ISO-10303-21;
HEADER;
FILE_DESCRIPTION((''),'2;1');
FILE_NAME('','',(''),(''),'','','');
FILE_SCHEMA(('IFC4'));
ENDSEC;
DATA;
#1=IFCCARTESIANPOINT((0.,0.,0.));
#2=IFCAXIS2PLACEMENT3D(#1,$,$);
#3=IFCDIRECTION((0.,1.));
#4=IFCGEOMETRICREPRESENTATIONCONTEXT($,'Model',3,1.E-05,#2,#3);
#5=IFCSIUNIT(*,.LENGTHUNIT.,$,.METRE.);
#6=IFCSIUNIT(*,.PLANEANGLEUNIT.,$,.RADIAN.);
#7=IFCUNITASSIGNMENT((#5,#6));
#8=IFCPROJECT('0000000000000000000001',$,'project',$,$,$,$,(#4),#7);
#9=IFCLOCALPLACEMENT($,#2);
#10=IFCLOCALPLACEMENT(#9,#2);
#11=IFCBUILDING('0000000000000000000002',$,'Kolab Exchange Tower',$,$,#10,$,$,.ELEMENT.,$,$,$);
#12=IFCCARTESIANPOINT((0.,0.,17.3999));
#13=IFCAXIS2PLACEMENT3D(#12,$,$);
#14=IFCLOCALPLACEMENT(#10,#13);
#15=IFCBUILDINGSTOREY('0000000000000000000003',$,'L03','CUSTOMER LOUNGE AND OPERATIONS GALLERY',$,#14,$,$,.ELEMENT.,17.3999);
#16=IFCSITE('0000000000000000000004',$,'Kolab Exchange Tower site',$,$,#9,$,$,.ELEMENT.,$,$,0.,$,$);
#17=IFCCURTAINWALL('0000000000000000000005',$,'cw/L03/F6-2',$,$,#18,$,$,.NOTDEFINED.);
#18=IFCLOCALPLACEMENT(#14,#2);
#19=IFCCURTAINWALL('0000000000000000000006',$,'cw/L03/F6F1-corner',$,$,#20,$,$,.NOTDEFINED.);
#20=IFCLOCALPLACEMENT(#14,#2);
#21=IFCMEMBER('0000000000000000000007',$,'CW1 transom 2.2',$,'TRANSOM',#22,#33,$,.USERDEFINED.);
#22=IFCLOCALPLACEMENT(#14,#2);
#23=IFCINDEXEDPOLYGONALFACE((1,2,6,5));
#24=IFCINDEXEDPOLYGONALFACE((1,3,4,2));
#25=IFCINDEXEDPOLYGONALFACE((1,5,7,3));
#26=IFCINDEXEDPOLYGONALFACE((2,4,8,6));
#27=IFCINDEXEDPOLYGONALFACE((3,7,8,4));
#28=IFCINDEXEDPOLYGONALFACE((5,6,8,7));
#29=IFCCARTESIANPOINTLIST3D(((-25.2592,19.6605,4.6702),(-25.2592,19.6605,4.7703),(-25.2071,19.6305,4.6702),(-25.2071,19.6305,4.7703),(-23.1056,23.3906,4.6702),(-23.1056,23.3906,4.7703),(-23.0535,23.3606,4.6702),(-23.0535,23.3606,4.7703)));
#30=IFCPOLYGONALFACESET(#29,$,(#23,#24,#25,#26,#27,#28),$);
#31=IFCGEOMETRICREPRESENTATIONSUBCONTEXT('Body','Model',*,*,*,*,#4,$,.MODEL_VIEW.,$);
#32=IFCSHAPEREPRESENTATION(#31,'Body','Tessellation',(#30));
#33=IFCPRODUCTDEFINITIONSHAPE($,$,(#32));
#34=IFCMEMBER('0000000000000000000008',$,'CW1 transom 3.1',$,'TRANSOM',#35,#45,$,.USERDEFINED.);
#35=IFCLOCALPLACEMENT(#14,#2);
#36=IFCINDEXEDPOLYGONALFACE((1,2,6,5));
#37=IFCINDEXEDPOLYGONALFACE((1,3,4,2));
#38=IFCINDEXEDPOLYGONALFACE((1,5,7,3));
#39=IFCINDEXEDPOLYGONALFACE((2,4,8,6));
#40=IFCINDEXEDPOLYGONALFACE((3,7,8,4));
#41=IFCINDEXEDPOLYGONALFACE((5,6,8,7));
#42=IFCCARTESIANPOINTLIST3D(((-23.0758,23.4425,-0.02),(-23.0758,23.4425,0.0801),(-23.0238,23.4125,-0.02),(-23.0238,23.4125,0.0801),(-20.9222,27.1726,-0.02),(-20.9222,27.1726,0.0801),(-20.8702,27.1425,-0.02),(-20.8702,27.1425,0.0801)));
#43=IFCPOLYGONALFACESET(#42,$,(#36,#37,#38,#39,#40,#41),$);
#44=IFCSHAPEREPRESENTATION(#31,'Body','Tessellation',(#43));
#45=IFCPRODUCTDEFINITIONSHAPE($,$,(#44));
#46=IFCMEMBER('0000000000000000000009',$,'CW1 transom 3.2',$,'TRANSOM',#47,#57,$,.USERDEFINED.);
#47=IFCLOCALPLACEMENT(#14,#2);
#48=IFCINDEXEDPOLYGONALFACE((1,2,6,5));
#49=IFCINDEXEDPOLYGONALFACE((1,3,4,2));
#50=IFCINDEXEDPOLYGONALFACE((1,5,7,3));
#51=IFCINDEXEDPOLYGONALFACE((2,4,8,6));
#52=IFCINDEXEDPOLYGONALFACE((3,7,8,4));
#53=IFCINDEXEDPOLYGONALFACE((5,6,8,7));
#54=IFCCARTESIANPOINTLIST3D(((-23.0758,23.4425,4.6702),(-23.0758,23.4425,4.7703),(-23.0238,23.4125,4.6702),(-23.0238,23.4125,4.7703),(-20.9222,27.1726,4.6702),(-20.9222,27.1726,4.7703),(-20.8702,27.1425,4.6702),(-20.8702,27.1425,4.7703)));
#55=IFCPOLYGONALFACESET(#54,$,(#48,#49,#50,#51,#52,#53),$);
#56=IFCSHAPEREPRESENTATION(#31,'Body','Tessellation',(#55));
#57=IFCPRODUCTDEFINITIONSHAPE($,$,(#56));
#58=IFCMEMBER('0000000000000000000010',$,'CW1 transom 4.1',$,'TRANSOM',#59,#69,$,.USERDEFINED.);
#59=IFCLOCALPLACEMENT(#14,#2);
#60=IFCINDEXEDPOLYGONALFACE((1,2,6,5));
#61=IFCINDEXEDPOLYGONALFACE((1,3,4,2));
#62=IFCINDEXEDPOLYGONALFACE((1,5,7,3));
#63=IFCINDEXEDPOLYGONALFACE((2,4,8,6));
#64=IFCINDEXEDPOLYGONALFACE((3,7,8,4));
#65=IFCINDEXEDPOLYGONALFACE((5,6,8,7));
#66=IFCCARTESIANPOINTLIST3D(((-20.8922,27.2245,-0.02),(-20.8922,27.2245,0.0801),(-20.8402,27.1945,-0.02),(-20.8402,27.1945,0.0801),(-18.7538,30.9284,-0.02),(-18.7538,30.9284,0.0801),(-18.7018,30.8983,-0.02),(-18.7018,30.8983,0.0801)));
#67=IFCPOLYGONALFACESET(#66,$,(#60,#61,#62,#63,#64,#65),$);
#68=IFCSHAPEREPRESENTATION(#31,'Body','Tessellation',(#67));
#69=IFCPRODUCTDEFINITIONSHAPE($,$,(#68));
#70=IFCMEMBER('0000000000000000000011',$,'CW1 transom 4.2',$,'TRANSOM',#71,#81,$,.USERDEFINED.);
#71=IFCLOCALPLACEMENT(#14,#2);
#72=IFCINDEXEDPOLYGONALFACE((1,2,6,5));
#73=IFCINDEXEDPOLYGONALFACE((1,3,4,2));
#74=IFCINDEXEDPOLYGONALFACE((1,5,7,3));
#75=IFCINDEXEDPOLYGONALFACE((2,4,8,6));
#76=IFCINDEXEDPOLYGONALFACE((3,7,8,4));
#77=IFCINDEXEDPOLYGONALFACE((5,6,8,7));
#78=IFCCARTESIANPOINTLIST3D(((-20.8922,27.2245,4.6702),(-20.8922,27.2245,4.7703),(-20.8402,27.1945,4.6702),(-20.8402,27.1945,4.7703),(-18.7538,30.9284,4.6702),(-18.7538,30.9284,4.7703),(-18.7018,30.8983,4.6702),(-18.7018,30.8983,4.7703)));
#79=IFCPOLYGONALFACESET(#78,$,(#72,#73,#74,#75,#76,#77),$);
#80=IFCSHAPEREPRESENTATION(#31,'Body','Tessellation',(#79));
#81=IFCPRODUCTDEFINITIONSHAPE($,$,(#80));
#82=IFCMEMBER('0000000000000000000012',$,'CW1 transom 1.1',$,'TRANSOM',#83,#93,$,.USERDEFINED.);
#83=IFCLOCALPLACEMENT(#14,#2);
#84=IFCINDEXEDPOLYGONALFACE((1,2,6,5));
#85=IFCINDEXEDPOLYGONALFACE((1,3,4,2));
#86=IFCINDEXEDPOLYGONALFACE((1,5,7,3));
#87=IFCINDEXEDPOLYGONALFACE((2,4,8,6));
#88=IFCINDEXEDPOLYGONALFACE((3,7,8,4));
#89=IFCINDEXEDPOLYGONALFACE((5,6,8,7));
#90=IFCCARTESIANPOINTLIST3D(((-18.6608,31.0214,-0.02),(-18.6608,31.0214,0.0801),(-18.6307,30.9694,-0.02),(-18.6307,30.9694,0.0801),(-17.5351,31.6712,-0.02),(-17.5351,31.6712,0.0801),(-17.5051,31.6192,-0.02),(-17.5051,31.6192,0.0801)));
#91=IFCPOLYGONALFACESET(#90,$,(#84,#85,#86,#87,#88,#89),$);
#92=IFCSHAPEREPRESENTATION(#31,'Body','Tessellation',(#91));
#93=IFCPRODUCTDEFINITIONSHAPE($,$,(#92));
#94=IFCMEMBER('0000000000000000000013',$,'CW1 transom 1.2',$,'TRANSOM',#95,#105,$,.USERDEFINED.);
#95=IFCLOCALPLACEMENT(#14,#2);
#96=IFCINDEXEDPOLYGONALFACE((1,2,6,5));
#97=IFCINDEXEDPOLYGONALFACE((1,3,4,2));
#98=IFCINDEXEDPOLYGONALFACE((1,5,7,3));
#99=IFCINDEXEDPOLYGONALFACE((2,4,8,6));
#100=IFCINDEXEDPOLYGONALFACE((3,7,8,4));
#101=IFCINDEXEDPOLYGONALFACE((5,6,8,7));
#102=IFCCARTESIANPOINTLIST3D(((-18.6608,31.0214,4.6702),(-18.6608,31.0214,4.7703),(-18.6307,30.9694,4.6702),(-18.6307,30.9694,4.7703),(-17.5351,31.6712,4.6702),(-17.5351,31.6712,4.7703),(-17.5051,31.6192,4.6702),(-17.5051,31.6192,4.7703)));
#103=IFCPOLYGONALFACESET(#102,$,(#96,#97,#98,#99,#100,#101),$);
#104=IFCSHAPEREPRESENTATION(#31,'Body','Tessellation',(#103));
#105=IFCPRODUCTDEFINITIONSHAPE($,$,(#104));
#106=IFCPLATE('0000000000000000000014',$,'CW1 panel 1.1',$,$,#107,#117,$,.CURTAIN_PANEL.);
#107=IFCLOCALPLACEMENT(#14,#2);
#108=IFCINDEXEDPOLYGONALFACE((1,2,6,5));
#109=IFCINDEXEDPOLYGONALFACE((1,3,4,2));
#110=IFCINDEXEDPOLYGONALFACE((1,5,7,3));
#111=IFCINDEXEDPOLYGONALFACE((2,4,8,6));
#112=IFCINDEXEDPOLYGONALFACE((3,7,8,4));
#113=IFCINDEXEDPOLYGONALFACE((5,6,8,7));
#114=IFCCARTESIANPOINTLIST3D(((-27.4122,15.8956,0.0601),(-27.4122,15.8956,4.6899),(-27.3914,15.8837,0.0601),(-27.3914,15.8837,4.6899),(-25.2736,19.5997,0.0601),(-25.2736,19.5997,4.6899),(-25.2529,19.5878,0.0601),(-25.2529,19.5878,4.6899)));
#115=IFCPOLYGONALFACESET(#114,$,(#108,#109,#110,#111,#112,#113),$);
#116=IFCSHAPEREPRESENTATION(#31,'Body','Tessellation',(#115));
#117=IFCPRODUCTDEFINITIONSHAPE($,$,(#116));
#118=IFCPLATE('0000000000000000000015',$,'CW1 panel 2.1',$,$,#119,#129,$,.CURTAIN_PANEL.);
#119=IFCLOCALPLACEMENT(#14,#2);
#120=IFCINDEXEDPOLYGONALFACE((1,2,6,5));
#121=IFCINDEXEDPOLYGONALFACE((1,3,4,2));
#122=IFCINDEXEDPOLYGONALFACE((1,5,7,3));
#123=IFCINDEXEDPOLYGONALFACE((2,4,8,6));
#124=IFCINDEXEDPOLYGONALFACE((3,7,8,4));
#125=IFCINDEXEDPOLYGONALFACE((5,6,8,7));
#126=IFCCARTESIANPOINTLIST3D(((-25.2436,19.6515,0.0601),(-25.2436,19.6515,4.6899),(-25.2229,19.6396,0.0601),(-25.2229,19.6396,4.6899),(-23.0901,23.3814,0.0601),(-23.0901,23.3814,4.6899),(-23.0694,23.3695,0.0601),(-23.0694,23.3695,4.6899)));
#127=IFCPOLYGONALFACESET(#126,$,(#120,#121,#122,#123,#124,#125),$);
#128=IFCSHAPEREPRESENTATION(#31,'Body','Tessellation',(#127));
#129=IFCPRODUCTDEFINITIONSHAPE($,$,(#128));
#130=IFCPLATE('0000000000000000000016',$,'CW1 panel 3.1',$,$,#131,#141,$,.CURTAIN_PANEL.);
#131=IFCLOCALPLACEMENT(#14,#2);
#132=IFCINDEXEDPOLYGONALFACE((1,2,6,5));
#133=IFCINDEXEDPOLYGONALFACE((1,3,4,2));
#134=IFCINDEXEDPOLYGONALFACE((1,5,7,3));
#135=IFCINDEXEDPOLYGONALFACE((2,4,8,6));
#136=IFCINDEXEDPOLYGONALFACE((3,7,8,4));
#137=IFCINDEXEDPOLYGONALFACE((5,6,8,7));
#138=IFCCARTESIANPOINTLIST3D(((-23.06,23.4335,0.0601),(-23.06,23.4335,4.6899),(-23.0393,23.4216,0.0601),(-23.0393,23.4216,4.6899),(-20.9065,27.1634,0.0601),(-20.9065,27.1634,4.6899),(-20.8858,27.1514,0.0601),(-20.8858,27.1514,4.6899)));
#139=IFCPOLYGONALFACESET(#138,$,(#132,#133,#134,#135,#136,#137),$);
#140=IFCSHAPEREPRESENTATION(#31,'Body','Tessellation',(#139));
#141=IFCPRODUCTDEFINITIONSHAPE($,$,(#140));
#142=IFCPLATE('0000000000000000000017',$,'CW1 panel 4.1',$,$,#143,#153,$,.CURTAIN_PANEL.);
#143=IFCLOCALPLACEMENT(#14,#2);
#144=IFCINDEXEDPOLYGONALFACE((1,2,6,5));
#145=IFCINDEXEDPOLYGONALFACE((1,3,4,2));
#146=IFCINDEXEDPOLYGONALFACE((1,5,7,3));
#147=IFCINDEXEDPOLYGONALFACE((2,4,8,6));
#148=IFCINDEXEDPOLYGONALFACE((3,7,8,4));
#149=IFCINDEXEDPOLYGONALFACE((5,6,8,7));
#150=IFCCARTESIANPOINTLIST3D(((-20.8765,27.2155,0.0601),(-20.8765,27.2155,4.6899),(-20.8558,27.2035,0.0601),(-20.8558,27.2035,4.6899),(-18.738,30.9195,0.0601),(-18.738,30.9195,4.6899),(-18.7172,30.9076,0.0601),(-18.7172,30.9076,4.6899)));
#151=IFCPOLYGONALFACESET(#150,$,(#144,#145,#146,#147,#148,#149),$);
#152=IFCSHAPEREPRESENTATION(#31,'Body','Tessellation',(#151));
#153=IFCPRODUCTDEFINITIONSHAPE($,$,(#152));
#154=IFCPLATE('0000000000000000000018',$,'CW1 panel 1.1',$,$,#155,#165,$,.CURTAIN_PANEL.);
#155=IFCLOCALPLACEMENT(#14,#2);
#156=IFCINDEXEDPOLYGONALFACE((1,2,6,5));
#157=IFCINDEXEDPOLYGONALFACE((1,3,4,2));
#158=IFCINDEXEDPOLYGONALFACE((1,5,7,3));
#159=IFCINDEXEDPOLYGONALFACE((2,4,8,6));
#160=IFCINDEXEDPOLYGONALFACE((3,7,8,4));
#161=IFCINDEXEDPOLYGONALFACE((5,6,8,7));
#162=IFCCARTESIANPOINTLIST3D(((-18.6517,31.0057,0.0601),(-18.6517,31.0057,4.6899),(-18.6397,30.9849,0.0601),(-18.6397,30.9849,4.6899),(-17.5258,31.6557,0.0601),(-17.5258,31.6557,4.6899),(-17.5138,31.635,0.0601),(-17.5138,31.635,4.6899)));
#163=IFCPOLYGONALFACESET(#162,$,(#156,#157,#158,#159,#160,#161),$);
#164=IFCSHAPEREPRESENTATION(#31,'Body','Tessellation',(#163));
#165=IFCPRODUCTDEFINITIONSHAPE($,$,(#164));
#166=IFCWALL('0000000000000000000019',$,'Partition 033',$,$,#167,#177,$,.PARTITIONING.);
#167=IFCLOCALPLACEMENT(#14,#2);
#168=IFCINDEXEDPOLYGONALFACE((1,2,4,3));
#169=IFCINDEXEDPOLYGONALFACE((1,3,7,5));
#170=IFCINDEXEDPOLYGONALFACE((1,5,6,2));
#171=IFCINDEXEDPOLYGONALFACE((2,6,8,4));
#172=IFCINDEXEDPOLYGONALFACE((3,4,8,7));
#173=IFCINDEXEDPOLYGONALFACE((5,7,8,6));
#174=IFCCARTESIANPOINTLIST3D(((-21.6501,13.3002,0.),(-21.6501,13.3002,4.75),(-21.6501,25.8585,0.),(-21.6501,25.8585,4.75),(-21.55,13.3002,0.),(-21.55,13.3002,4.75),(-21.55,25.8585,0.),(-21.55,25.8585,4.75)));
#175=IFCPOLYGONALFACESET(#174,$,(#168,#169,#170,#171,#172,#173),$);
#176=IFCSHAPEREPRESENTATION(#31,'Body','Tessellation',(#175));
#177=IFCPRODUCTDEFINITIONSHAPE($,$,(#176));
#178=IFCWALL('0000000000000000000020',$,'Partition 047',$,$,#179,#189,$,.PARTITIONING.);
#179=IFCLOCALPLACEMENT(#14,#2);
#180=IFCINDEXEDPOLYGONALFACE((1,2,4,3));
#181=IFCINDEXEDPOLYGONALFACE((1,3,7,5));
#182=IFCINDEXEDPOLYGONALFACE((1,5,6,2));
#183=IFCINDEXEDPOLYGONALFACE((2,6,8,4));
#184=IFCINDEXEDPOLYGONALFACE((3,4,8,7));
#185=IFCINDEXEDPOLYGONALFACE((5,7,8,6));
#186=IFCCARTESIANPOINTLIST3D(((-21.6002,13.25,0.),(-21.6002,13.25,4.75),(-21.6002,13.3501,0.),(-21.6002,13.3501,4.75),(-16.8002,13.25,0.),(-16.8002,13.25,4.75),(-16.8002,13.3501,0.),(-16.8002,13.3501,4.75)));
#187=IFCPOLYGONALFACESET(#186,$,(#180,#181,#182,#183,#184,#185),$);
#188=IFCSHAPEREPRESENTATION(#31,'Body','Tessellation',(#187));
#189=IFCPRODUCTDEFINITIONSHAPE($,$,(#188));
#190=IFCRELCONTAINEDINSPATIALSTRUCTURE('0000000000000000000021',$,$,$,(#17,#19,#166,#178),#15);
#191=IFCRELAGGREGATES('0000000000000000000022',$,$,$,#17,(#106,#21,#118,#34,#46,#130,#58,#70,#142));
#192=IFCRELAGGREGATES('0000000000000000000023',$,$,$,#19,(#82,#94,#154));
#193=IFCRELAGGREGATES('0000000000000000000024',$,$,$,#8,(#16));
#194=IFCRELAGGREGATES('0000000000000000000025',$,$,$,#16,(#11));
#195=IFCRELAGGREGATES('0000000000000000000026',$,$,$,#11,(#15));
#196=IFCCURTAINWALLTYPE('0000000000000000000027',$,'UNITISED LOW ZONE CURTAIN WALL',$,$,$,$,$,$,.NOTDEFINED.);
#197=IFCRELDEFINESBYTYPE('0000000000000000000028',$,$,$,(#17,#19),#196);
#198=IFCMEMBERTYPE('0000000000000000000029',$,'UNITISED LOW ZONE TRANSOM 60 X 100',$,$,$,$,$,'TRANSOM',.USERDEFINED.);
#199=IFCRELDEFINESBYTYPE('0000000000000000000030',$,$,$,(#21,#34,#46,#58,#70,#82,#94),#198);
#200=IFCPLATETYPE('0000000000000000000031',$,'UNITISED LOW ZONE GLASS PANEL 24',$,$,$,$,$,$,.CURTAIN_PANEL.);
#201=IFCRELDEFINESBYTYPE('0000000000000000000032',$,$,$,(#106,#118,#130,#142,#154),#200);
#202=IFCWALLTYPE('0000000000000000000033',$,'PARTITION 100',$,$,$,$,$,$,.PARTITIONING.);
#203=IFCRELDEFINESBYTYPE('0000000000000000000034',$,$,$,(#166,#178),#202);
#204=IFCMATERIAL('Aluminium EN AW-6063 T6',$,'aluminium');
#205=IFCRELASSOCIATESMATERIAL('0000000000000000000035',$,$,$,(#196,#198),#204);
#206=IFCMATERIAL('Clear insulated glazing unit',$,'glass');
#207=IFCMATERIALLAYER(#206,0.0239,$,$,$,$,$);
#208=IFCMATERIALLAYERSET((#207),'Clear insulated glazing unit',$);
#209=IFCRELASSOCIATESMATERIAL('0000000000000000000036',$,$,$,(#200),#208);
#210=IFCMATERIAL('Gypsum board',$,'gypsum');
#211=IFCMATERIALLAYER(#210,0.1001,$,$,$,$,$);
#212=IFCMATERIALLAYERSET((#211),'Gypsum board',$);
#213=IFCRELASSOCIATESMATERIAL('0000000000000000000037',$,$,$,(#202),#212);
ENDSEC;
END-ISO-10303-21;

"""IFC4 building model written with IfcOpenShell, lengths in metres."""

from ifc_helpers import new_model, si_unit, direction, frame, frame_2d, origin, origin_2d, place, context, subcontext, project, spatial, rectangle, extrude, material, layer, layer_set, material_profile, profile_set, type_object, element, aggregate, save


model = new_model("IFC4")

# Units and contexts
model_context = context("Model", 3, precision=1e-05, world=origin(), true_north=direction((0.0, 1.0)))
body_context = subcontext(model_context, "Body", "Model", "MODEL_VIEW")
ifc_project = project(units=[si_unit("LENGTHUNIT", "METRE"), si_unit("PLANEANGLEUNIT", "RADIAN")], contexts=[model_context])

# Site, building, storey
site_placement = place(None, origin())
site = spatial("IfcSite", under=ifc_project, at=site_placement, Name="Kolab Exchange Tower site", CompositionType="ELEMENT", RefElevation=0.0)
building_placement = place(site_placement, origin())
building = spatial("IfcBuilding", under=site, at=building_placement, Name="Kolab Exchange Tower", CompositionType="ELEMENT")
storey_placement = place(building_placement, frame((0.0, 0.0, 17.3999)))
storey = spatial("IfcBuildingStorey", under=building, at=storey_placement, Name="L03", Description="CUSTOMER LOUNGE AND OPERATIONS GALLERY", CompositionType="ELEMENT", Elevation=17.3999)

# Shared definitions
ifc_material_1 = material(Name="Aluminium EN AW-6063 T6", Category="aluminium")
curtain_wall_type = type_object("IfcCurtainWallType", Name="UNITISED LOW ZONE CURTAIN WALL", PredefinedType="NOTDEFINED", material=ifc_material_1)

# Curtain walls
curtain_wall_1_placement = place(storey_placement, origin())
curtain_wall_1 = element("IfcCurtainWall", 1, at=curtain_wall_1_placement, inside=storey, type_object=curtain_wall_type, Name="cw/L03/F6-2", PredefinedType="NOTDEFINED")
curtain_wall_2_placement = place(storey_placement, origin())
curtain_wall_2 = element("IfcCurtainWall", 2, at=curtain_wall_2_placement, inside=storey, type_object=curtain_wall_type, Name="cw/L03/F6F1-corner", PredefinedType="NOTDEFINED")

# Members
ifc_material_profile_1 = material_profile(ifc_material_1, rectangle(XDim=0.0601, YDim=0.1001, at=origin_2d()), Name="RECT 60X100")
ifc_profile_set_1 = profile_set([ifc_material_profile_1], Name="Aluminium EN AW-6063 T6")
member_type_1 = type_object("IfcMemberType", Name="UNITISED LOW ZONE TRANSOM 60 X 100", ElementType="TRANSOM", PredefinedType="USERDEFINED", material=ifc_profile_set_1)
member_1_placement = place(storey_placement, frame((-25.2332, 19.6455, 4.7202), z_axis=(0.50001, 0.866019, 0.0), x_axis=(-0.866019, 0.50001, 0.0)))
member_1 = element("IfcMember", 3, at=member_1_placement, type_object=member_type_1, Name="CW1 transom 2.2", ObjectType="TRANSOM", PredefinedType="USERDEFINED", context=body_context, shape_type="SweptSolid", body=[
    extrude(rectangle(XDim=0.0601, YDim=0.1001, at=origin_2d()), origin(), (0.0, 0.0, 1.0), 4.3071),
])
member_2_placement = place(storey_placement, frame((-23.0498, 23.4275, 0.03), z_axis=(0.50001, 0.866019, 0.0), x_axis=(-0.866019, 0.50001, 0.0)))
member_2 = element("IfcMember", 4, at=member_2_placement, type_object=member_type_1, Name="CW1 transom 3.1", ObjectType="TRANSOM", PredefinedType="USERDEFINED", context=body_context, shape_type="SweptSolid", body=[
    extrude(rectangle(XDim=0.0601, YDim=0.1001, at=origin_2d()), origin(), (0.0, 0.0, 1.0), 4.3071),
])
member_3_placement = place(storey_placement, frame((-23.0498, 23.4275, 4.7202), z_axis=(0.50001, 0.866019, 0.0), x_axis=(-0.866019, 0.50001, 0.0)))
member_3 = element("IfcMember", 5, at=member_3_placement, type_object=member_type_1, Name="CW1 transom 3.2", ObjectType="TRANSOM", PredefinedType="USERDEFINED", context=body_context, shape_type="SweptSolid", body=[
    extrude(rectangle(XDim=0.0601, YDim=0.1001, at=origin_2d()), origin(), (0.0, 0.0, 1.0), 4.3071),
])
member_4_placement = place(storey_placement, frame((-20.8662, 27.2095, 0.03), z_axis=(0.500001, 0.866025, 0.0), x_axis=(-0.866025, 0.500001, 0.0)))
member_4 = element("IfcMember", 6, at=member_4_placement, type_object=member_type_1, Name="CW1 transom 4.1", ObjectType="TRANSOM", PredefinedType="USERDEFINED", context=body_context, shape_type="SweptSolid", body=[
    extrude(rectangle(XDim=0.0601, YDim=0.1001, at=origin_2d()), origin(), (0.0, 0.0, 1.0), 4.2769),
])
member_5_placement = place(storey_placement, frame((-20.8662, 27.2095, 4.7202), z_axis=(0.500001, 0.866025, 0.0), x_axis=(-0.866025, 0.500001, 0.0)))
member_5 = element("IfcMember", 7, at=member_5_placement, type_object=member_type_1, Name="CW1 transom 4.2", ObjectType="TRANSOM", PredefinedType="USERDEFINED", context=body_context, shape_type="SweptSolid", body=[
    extrude(rectangle(XDim=0.0601, YDim=0.1001, at=origin_2d()), origin(), (0.0, 0.0, 1.0), 4.2769),
])
member_6_placement = place(storey_placement, frame((-18.6458, 30.9954, 0.03), z_axis=(0.866039, 0.499977, 0.0), x_axis=(-0.499977, 0.866039, 0.0)))
member_6 = element("IfcMember", 8, at=member_6_placement, type_object=member_type_1, Name="CW1 transom 1.1", ObjectType="TRANSOM", PredefinedType="USERDEFINED", context=body_context, shape_type="SweptSolid", body=[
    extrude(rectangle(XDim=0.0601, YDim=0.1001, at=origin_2d()), origin(), (0.0, 0.0, 1.0), 1.2998),
])
member_7_placement = place(storey_placement, frame((-18.6458, 30.9954, 4.7202), z_axis=(0.866039, 0.499977, 0.0), x_axis=(-0.499977, 0.866039, 0.0)))
member_7 = element("IfcMember", 9, at=member_7_placement, type_object=member_type_1, Name="CW1 transom 1.2", ObjectType="TRANSOM", PredefinedType="USERDEFINED", context=body_context, shape_type="SweptSolid", body=[
    extrude(rectangle(XDim=0.0601, YDim=0.1001, at=origin_2d()), origin(), (0.0, 0.0, 1.0), 1.2998),
])

# Plates
ifc_material_2 = material(Name="Clear insulated glazing unit", Category="glass")
ifc_layer_1 = layer(ifc_material_2, 0.0239)
ifc_layer_set_1 = layer_set([ifc_layer_1], Name="Clear insulated glazing unit")
plate_type = type_object("IfcPlateType", Name="UNITISED LOW ZONE GLASS PANEL 24", PredefinedType="CURTAIN_PANEL", material=ifc_layer_set_1)
plate_1_placement = place(storey_placement, frame((-26.3325, 17.7417, 0.0601), z_axis=(0.0, 0.0, 1.0), x_axis=(0.5, 0.866025, 0.0)))
plate_1 = element("IfcPlate", 10, at=plate_1_placement, type_object=plate_type, Name="CW1 panel 1.1", PredefinedType="CURTAIN_PANEL", context=body_context, shape_type="SweptSolid", body=[
    extrude(rectangle(XDim=4.2771, YDim=0.0239, at=origin_2d()), origin(), (0.0, 0.0, 1.0), 4.6299),
])
plate_2_placement = place(storey_placement, frame((-24.1565, 21.5105, 0.0601), z_axis=(0.0, 0.0, 1.0), x_axis=(0.5, 0.866025, 0.0)))
plate_2 = element("IfcPlate", 11, at=plate_2_placement, type_object=plate_type, Name="CW1 panel 2.1", PredefinedType="CURTAIN_PANEL", context=body_context, shape_type="SweptSolid", body=[
    extrude(rectangle(XDim=4.3069, YDim=0.0239, at=origin_2d()), origin(), (0.0, 0.0, 1.0), 4.6299),
])
plate_3_placement = place(storey_placement, frame((-21.9729, 25.2925, 0.0601), z_axis=(0.0, 0.0, 1.0), x_axis=(0.5, 0.866025, 0.0)))
plate_3 = element("IfcPlate", 12, at=plate_3_placement, type_object=plate_type, Name="CW1 panel 3.1", PredefinedType="CURTAIN_PANEL", context=body_context, shape_type="SweptSolid", body=[
    extrude(rectangle(XDim=4.3069, YDim=0.0239, at=origin_2d()), origin(), (0.0, 0.0, 1.0), 4.6299),
])
plate_4_placement = place(storey_placement, frame((-19.7969, 29.0615, 0.0601), z_axis=(0.0, 0.0, 1.0), x_axis=(0.5, 0.866025, 0.0)))
plate_4 = element("IfcPlate", 13, at=plate_4_placement, type_object=plate_type, Name="CW1 panel 4.1", PredefinedType="CURTAIN_PANEL", context=body_context, shape_type="SweptSolid", body=[
    extrude(rectangle(XDim=4.2771, YDim=0.0239, at=origin_2d()), origin(), (0.0, 0.0, 1.0), 4.6299),
])
aggregate(curtain_wall_1, [plate_1, member_1, plate_2, member_2, member_3, plate_3, member_4, member_5, plate_4])
plate_5_placement = place(storey_placement, frame((-18.0828, 31.3203, 0.0601), z_axis=(0.0, 0.0, 1.0), x_axis=(0.866025, 0.5, 0.0)))
plate_5 = element("IfcPlate", 14, at=plate_5_placement, type_object=plate_type, Name="CW1 panel 1.1", PredefinedType="CURTAIN_PANEL", context=body_context, shape_type="SweptSolid", body=[
    extrude(rectangle(XDim=1.3, YDim=0.0239, at=origin_2d()), origin(), (0.0, 0.0, 1.0), 4.6299),
])
aggregate(curtain_wall_2, [member_6, member_7, plate_5])

# Walls
ifc_material_3 = material(Name="Gypsum board", Category="gypsum")
ifc_layer_2 = layer(ifc_material_3, 0.1001)
ifc_layer_set_2 = layer_set([ifc_layer_2], Name="Gypsum board")
wall_type = type_object("IfcWallType", Name="PARTITION 100", PredefinedType="PARTITIONING", material=ifc_layer_set_2)
wall_1_placement = place(storey_placement, frame((-21.6001, 13.3, 0.0), z_axis=(0.0, 0.0, 1.0), x_axis=(0.0, 1.0, 0.0)))
element("IfcWall", 15, at=wall_1_placement, inside=storey, type_object=wall_type, Name="Partition 033", PredefinedType="PARTITIONING", context=body_context, shape_type="SweptSolid", body=[
    extrude(rectangle(XDim=12.5583, YDim=0.1001, at=frame_2d((6.2793, 0.0))), origin(), (0.0, 0.0, 1.0), 4.75),
])
wall_2_placement = place(storey_placement, frame((-21.6001, 13.3, 0.0), z_axis=(0.0, 0.0, 1.0), x_axis=(1.0, 0.0, 0.0)))
element("IfcWall", 16, at=wall_2_placement, inside=storey, type_object=wall_type, Name="Partition 047", PredefinedType="PARTITIONING", context=body_context, shape_type="SweptSolid", body=[
    extrude(rectangle(XDim=4.8, YDim=0.1001, at=frame_2d((2.3999, 0.0))), origin(), (0.0, 0.0, 1.0), 4.75),
])

save(model, "model.ifc")
